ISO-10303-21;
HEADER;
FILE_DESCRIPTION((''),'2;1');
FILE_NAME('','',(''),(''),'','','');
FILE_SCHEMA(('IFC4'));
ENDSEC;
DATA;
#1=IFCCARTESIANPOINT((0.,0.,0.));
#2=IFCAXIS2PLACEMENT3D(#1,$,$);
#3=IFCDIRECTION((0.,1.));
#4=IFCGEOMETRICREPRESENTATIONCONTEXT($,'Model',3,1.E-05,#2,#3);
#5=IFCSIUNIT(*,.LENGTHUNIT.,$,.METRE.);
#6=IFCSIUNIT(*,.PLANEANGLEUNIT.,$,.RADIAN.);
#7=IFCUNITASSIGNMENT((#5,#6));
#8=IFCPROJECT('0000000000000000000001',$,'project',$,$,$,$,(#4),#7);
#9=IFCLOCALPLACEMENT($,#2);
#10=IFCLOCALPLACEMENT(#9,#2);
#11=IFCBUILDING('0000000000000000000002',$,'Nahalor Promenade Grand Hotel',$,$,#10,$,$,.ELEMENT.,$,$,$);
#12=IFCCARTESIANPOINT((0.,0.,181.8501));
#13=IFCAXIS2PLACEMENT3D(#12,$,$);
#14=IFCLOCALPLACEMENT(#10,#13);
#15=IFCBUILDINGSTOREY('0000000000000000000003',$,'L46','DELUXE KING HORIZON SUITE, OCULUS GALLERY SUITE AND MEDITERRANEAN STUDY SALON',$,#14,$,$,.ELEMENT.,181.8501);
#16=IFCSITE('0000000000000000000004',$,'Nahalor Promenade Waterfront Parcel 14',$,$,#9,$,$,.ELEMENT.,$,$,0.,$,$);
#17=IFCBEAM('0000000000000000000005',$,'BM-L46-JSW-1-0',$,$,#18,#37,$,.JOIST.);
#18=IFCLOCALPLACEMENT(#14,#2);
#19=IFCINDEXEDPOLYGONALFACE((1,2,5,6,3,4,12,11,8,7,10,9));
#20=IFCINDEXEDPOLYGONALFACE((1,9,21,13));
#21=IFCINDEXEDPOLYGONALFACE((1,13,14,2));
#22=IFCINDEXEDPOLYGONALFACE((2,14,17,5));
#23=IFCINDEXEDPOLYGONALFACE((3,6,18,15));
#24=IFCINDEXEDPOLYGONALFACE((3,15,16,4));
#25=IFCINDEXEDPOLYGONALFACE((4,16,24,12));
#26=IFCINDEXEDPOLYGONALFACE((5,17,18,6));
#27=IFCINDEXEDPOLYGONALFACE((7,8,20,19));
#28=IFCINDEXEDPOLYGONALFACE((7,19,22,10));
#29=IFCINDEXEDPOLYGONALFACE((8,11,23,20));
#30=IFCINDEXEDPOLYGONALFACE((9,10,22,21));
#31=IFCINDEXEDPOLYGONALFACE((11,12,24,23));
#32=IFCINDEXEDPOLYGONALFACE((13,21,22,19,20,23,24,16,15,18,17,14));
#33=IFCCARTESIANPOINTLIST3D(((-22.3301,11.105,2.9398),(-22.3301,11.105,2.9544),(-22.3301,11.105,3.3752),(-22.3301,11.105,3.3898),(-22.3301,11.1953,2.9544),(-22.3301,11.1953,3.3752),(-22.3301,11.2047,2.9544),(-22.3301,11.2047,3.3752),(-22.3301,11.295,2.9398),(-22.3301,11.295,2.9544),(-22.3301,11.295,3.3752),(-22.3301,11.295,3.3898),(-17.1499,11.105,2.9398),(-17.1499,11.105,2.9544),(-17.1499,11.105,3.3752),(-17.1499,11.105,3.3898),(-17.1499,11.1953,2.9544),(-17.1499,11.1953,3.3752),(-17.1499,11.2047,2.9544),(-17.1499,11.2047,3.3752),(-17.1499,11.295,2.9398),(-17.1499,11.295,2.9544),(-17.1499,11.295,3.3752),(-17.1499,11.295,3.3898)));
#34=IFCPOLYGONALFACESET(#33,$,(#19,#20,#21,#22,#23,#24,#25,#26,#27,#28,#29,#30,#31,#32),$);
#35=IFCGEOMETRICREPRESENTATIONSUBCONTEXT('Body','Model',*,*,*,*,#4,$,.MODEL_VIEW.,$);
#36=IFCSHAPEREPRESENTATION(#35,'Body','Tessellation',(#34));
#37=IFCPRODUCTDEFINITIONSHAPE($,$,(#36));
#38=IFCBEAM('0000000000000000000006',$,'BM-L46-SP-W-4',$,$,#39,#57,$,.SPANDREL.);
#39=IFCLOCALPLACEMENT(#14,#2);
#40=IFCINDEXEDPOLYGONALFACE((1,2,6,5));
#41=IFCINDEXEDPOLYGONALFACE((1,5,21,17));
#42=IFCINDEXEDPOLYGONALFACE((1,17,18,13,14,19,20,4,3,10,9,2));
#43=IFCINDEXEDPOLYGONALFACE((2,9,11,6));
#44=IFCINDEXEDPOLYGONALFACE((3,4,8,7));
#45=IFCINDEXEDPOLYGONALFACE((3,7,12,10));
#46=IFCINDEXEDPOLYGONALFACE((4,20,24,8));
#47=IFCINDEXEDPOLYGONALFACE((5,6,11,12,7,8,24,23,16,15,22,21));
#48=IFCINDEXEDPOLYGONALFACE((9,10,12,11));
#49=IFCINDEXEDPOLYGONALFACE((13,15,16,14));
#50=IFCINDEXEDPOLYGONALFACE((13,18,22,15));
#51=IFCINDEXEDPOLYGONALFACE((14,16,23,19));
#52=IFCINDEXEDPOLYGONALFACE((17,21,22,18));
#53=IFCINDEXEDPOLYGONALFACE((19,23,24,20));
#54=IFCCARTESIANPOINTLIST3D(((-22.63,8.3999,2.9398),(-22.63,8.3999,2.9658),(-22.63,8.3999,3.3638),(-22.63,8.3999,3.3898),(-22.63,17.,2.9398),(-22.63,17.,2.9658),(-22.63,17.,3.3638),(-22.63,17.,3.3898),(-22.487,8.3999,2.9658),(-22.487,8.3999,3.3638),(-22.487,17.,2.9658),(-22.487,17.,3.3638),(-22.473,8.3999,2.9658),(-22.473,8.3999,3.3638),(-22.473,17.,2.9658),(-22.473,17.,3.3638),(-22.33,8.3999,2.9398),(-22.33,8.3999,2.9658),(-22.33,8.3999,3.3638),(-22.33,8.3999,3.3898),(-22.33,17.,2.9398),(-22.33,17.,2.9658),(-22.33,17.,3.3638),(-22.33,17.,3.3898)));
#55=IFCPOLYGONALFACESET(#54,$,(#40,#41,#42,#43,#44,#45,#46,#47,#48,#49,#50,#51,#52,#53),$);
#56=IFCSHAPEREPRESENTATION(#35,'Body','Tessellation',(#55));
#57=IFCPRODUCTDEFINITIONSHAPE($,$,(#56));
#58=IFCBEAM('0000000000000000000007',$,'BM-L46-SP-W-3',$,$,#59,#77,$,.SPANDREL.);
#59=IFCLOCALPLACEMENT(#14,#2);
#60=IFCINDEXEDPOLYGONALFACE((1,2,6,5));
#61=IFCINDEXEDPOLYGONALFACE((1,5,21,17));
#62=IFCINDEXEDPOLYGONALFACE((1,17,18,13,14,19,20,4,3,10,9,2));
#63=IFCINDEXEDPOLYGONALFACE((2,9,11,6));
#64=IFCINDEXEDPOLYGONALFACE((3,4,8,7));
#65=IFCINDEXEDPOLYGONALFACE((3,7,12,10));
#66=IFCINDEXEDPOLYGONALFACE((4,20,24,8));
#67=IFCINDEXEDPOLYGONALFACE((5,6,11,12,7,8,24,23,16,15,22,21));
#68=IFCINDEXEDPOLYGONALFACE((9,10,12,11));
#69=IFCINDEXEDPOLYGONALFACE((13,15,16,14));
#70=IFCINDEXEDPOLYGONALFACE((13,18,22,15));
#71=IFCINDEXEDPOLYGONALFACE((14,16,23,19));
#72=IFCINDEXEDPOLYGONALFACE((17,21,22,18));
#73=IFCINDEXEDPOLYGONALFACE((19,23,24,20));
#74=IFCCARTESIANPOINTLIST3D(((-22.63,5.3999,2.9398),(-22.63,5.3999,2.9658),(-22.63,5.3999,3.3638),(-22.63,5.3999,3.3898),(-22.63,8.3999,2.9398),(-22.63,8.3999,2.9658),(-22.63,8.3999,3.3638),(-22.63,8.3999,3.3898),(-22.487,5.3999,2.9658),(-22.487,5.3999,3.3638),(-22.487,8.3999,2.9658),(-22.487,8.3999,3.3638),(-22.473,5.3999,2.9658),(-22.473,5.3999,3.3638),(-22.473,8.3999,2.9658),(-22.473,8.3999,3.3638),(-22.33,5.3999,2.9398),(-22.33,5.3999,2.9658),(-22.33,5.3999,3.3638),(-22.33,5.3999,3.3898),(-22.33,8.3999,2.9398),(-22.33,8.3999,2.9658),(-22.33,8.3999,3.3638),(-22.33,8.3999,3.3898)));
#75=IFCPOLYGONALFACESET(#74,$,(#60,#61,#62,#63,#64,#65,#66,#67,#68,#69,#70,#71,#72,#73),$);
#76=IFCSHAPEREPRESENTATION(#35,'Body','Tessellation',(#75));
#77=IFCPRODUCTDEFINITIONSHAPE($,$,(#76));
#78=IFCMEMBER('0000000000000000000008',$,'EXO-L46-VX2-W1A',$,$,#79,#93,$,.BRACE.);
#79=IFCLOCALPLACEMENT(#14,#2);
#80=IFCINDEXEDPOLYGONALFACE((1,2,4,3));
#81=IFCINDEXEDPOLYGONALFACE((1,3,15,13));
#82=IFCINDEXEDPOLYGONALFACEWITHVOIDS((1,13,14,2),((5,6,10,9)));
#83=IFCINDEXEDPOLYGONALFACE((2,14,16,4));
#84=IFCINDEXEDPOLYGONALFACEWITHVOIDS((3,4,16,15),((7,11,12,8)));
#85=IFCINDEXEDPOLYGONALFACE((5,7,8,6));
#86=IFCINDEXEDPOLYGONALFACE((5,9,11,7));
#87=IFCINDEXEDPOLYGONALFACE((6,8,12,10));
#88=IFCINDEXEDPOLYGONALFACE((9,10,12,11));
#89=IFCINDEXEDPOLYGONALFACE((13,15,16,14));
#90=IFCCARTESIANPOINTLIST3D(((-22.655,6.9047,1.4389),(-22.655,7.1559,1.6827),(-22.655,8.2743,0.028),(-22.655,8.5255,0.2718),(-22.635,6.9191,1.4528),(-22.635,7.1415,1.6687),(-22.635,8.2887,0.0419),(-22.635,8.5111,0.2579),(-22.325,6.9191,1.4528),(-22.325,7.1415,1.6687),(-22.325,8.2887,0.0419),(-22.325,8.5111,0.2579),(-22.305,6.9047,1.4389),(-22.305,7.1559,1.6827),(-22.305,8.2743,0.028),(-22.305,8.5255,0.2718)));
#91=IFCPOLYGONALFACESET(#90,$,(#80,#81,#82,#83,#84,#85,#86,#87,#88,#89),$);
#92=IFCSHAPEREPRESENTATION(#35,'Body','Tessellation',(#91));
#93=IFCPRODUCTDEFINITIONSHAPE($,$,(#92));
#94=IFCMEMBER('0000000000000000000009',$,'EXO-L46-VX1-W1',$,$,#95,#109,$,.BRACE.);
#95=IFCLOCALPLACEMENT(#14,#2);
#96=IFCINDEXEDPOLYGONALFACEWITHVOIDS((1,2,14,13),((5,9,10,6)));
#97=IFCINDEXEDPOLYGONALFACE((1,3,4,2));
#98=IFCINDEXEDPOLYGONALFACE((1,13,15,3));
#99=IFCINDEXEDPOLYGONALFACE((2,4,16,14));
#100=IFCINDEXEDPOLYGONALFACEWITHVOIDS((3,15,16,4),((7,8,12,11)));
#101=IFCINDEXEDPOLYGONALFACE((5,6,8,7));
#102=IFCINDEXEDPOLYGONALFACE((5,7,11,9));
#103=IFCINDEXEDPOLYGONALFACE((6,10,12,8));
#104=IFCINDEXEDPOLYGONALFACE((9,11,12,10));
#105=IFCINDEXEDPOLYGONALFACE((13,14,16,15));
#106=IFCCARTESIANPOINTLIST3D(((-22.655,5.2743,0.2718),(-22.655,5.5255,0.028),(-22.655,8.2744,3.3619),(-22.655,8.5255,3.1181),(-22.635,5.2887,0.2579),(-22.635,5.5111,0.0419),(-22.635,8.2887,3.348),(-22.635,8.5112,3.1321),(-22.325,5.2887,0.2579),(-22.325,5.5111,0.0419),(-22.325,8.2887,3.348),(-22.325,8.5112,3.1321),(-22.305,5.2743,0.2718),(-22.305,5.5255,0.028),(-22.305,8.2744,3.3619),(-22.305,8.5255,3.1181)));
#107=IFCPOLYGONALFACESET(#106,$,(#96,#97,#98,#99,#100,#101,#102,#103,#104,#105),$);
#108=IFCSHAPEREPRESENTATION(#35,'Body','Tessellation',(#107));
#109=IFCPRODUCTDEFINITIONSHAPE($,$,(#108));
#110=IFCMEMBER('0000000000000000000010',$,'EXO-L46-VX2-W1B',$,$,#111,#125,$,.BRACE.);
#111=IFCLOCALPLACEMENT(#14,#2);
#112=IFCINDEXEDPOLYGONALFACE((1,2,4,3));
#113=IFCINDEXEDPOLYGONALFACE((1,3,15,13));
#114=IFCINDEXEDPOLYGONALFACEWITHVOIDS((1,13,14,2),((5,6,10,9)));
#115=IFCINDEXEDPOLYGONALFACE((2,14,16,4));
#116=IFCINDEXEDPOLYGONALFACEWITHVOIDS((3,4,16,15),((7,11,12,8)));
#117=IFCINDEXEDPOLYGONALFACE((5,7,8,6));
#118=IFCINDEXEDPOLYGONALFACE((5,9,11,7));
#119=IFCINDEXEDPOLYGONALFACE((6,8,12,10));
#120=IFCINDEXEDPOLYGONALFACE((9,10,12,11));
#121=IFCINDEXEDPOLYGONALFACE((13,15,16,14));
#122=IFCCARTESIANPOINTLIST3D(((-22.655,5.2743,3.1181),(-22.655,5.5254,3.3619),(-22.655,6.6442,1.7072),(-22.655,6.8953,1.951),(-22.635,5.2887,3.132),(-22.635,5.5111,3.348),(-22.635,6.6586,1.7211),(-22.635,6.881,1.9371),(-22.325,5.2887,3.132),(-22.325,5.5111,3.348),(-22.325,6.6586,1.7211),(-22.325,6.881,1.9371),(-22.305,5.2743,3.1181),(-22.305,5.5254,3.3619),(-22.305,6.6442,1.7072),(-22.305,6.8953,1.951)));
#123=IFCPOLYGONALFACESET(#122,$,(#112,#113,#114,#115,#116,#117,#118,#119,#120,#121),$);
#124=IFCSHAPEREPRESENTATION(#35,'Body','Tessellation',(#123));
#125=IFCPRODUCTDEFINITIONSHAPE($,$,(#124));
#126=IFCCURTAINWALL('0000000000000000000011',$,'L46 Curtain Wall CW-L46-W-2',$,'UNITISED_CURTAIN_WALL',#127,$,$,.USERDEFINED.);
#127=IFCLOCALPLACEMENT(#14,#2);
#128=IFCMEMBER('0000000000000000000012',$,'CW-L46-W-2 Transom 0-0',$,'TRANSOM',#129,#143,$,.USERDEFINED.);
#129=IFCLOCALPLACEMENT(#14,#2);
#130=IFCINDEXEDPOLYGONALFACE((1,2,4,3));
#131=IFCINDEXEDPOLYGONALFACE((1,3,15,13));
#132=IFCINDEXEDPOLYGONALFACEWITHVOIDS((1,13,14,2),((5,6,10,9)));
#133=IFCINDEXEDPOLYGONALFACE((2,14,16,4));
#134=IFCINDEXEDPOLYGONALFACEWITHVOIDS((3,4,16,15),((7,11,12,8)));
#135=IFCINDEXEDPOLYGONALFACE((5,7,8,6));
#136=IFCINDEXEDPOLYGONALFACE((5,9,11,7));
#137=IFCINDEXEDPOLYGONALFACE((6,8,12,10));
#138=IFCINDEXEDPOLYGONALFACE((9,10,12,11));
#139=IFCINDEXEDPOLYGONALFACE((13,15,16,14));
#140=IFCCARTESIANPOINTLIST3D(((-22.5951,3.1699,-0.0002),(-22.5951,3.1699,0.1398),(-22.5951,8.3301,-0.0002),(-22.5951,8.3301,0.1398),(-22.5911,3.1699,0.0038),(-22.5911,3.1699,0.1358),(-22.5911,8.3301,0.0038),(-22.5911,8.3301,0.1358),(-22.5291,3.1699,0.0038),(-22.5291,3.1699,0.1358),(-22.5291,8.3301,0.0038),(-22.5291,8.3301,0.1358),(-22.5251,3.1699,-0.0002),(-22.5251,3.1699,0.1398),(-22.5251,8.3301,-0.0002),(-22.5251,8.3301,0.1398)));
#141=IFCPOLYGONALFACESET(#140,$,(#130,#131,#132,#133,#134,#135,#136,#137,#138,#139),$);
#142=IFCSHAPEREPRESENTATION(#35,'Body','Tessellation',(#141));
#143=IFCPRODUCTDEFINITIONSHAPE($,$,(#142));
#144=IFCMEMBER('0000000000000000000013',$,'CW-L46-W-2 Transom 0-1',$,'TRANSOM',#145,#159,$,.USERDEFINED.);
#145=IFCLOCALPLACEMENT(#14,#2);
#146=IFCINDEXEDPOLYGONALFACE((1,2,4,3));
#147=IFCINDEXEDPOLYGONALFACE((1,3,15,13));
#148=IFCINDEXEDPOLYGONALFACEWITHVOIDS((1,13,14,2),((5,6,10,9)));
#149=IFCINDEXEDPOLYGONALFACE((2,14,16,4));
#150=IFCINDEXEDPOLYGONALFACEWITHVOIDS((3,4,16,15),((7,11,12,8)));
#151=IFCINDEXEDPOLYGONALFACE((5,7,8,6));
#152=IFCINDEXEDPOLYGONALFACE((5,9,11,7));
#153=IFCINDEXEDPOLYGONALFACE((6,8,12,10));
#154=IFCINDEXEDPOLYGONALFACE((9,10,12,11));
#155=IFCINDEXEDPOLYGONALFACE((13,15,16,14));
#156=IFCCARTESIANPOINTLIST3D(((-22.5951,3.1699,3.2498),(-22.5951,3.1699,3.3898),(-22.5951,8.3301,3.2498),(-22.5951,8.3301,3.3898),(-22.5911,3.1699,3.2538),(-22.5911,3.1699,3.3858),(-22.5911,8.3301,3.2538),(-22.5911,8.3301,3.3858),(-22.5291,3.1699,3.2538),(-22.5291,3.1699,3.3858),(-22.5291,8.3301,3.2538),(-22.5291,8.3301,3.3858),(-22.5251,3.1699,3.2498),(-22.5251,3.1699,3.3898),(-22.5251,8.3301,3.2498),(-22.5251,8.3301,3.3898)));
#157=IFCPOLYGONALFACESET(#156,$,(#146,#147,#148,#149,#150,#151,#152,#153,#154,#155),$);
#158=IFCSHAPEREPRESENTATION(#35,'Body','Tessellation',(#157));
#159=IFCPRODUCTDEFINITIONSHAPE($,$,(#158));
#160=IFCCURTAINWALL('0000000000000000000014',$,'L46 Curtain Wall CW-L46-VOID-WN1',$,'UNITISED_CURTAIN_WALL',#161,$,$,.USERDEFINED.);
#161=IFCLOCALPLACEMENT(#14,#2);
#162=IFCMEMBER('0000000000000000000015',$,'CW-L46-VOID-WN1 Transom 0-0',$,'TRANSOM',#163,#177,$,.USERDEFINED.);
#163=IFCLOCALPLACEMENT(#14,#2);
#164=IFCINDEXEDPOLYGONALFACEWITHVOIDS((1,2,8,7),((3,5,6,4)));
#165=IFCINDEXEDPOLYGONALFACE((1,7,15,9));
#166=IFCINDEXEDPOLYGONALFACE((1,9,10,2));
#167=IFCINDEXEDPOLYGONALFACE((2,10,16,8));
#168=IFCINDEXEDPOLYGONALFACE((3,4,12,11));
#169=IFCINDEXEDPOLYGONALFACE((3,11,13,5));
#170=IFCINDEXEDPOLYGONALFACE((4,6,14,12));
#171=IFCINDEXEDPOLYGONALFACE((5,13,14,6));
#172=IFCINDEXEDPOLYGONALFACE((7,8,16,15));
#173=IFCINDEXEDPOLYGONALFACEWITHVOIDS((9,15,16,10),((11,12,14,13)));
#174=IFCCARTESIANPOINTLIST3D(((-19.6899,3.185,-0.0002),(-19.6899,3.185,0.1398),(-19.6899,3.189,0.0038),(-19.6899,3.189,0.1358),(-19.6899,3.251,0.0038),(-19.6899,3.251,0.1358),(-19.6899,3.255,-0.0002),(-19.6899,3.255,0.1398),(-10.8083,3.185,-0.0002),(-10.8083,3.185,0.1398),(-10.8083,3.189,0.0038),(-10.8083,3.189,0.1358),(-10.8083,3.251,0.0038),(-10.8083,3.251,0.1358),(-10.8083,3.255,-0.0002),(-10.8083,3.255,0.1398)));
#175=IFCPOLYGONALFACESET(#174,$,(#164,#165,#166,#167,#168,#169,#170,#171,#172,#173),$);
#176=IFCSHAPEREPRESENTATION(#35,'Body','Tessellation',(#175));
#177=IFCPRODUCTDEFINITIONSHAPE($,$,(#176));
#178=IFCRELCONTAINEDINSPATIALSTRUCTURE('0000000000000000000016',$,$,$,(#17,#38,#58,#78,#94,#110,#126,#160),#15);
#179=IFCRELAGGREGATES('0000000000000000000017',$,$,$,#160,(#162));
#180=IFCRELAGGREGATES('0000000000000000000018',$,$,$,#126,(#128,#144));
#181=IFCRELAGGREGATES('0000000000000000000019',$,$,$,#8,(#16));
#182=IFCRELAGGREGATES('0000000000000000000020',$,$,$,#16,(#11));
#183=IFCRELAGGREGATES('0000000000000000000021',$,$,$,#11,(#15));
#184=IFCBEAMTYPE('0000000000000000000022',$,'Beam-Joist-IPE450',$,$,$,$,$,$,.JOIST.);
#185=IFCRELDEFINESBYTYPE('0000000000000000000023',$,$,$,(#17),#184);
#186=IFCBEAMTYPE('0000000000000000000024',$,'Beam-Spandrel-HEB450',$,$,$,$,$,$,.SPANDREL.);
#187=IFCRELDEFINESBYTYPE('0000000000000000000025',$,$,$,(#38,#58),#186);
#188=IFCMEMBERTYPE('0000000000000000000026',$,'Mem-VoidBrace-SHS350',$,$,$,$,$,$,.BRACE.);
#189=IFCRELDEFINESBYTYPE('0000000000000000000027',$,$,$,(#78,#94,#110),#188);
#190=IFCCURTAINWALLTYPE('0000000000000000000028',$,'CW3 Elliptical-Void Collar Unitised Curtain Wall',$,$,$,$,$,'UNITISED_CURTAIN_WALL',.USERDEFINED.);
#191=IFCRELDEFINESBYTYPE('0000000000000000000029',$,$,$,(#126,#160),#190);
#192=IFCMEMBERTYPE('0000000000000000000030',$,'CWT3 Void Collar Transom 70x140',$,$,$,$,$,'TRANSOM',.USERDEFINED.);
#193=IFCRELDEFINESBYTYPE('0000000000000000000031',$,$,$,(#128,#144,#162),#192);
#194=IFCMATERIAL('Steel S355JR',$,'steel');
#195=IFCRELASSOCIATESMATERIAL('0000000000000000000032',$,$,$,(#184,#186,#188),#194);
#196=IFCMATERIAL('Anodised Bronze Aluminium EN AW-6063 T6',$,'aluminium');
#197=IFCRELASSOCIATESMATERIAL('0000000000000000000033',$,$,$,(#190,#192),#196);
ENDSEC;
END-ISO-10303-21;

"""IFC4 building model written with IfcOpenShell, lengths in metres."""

from ifc_helpers import new_model, si_unit, direction, frame, origin, origin_2d, place, context, subcontext, project, spatial, hollow_rectangle, i_section, extrude, source, transform, mapped, material, material_profile, profile_set, type_object, element, aggregate, save


model = new_model("IFC4")

# Units and contexts
model_context = context("Model", 3, precision=1e-05, world=origin(), true_north=direction((0.0, 1.0)))
body_context = subcontext(model_context, "Body", "Model", "MODEL_VIEW")
ifc_project = project(units=[si_unit("LENGTHUNIT", "METRE"), si_unit("PLANEANGLEUNIT", "RADIAN")], contexts=[model_context])

# Site, building, storey
site_placement = place(None, origin())
site = spatial("IfcSite", under=ifc_project, at=site_placement, Name="Nahalor Promenade Waterfront Parcel 14", CompositionType="ELEMENT", RefElevation=0.0)
building_placement = place(site_placement, origin())
building = spatial("IfcBuilding", under=site, at=building_placement, Name="Nahalor Promenade Grand Hotel", CompositionType="ELEMENT")
storey_placement = place(building_placement, frame((0.0, 0.0, 181.8501)))
storey = spatial("IfcBuildingStorey", under=building, at=storey_placement, Name="L46", Description="DELUXE KING HORIZON SUITE, OCULUS GALLERY SUITE AND MEDITERRANEAN STUDY SALON", CompositionType="ELEMENT", Elevation=181.8501)

# Beams
ifc_material_1 = material(Name="Steel S355JR", Category="steel")
ifc_material_profile_1 = material_profile(ifc_material_1, i_section(OverallWidth=0.19, OverallDepth=0.45, WebThickness=0.0094, FlangeThickness=0.0146, at=origin_2d()), Name="IPE 450")
ifc_profile_set_1 = profile_set([ifc_material_profile_1], Name="Steel S355JR")
beam_type_1 = type_object("IfcBeamType", Name="Beam-Joist-IPE450", PredefinedType="JOIST", material=ifc_profile_set_1)
shared_shape_1 = source(origin(), body_context, "Body", "SweptSolid", [
    extrude(i_section(OverallWidth=0.19, OverallDepth=0.45, WebThickness=0.0094, FlangeThickness=0.0146, at=origin_2d()), origin(), (0.0, 0.0, 1.0), 5.1802),
])
beam_1_placement = place(storey_placement, frame((-22.3301, 11.2, 3.1648), z_axis=(1.0, 0.0, 0.0), x_axis=(0.0, 1.0, 0.0)))
element("IfcBeam", 1, at=beam_1_placement, inside=storey, type_object=beam_type_1, Name="BM-L46-JSW-1-0", PredefinedType="JOIST", context=body_context, shape_type="MappedRepresentation", body=[
    mapped(shared_shape_1, transform((0.0, 0.0, 0.0), scale=1.0)),
])
ifc_material_profile_2 = material_profile(ifc_material_1, i_section(OverallWidth=0.3, OverallDepth=0.45, WebThickness=0.014, FlangeThickness=0.026, at=origin_2d()), Name="HEB 450")
ifc_profile_set_2 = profile_set([ifc_material_profile_2], Name="Steel S355JR")
beam_type_2 = type_object("IfcBeamType", Name="Beam-Spandrel-HEB450", PredefinedType="SPANDREL", material=ifc_profile_set_2)
shared_shape_2 = source(origin(), body_context, "Body", "SweptSolid", [
    extrude(i_section(OverallWidth=0.3, OverallDepth=0.45, WebThickness=0.014, FlangeThickness=0.026, at=origin_2d()), origin(), (0.0, 0.0, 1.0), 8.6001),
])
beam_2_placement = place(storey_placement, frame((-22.48, 8.3999, 3.1648), z_axis=(0.0, 1.0, 0.0), x_axis=(-1.0, 0.0, 0.0)))
element("IfcBeam", 2, at=beam_2_placement, inside=storey, type_object=beam_type_2, Name="BM-L46-SP-W-4", PredefinedType="SPANDREL", context=body_context, shape_type="MappedRepresentation", body=[
    mapped(shared_shape_2, transform((0.0, 0.0, 0.0), scale=1.0)),
])
shared_shape_3 = source(origin(), body_context, "Body", "SweptSolid", [
    extrude(i_section(OverallWidth=0.3, OverallDepth=0.45, WebThickness=0.014, FlangeThickness=0.026, at=origin_2d()), origin(), (0.0, 0.0, 1.0), 3.0),
])
beam_3_placement = place(storey_placement, frame((-22.48, 5.3999, 3.1648), z_axis=(0.0, 1.0, 0.0), x_axis=(-1.0, 0.0, 0.0)))
element("IfcBeam", 3, at=beam_3_placement, inside=storey, type_object=beam_type_2, Name="BM-L46-SP-W-3", PredefinedType="SPANDREL", context=body_context, shape_type="MappedRepresentation", body=[
    mapped(shared_shape_3, transform((0.0, 0.0, 0.0), scale=1.0)),
])

# Members
ifc_material_profile_3 = material_profile(ifc_material_1, hollow_rectangle(XDim=0.35, YDim=0.35, WallThickness=0.02, at=origin_2d()), Name="SHS 350x350x20")
ifc_profile_set_3 = profile_set([ifc_material_profile_3], Name="Steel S355JR")
member_type_1 = type_object("IfcMemberType", Name="Mem-VoidBrace-SHS350", PredefinedType="BRACE", material=ifc_profile_set_3)
shared_shape_4 = source(origin(), body_context, "Body", "SweptSolid", [
    extrude(hollow_rectangle(XDim=0.35, YDim=0.35, WallThickness=0.02, at=origin_2d()), origin(), (0.0, 0.0, 1.0), 1.9663),
])
member_1_placement = place(storey_placement, frame((-22.48, 8.3999, 0.1499), z_axis=(0.0, -0.696537, 0.71752), x_axis=(1.0, 0.0, 0.0)))
element("IfcMember", 4, at=member_1_placement, inside=storey, type_object=member_type_1, Name="EXO-L46-VX2-W1A", PredefinedType="BRACE", context=body_context, shape_type="MappedRepresentation", body=[
    mapped(shared_shape_4, transform((0.0, 0.0, 0.0), scale=1.0)),
])
shared_shape_5 = source(origin(), body_context, "Body", "SweptSolid", [
    extrude(hollow_rectangle(XDim=0.35, YDim=0.35, WallThickness=0.02, at=origin_2d()), origin(), (0.0, 0.0, 1.0), 4.3069),
])
member_2_placement = place(storey_placement, frame((-22.48, 5.3999, 0.1499), z_axis=(0.0, 0.696571, 0.717488), x_axis=(-1.0, 0.0, 0.0)))
element("IfcMember", 5, at=member_2_placement, inside=storey, type_object=member_type_1, Name="EXO-L46-VX1-W1", PredefinedType="BRACE", context=body_context, shape_type="MappedRepresentation", body=[
    mapped(shared_shape_5, transform((0.0, 0.0, 0.0), scale=1.0)),
])
shared_shape_6 = source(origin(), body_context, "Body", "SweptSolid", [
    extrude(hollow_rectangle(XDim=0.35, YDim=0.35, WallThickness=0.02, at=origin_2d()), origin(), (0.0, 0.0, 1.0), 1.9666),
])
member_3_placement = place(storey_placement, frame((-22.48, 6.7698, 1.8291), z_axis=(0.0, -0.696601, 0.717458), x_axis=(1.0, 0.0, 0.0)))
element("IfcMember", 6, at=member_3_placement, inside=storey, type_object=member_type_1, Name="EXO-L46-VX2-W1B", PredefinedType="BRACE", context=body_context, shape_type="MappedRepresentation", body=[
    mapped(shared_shape_6, transform((0.0, 0.0, 0.0), scale=1.0)),
])

# Curtain walls, members
ifc_material_2 = material(Name="Anodised Bronze Aluminium EN AW-6063 T6", Category="aluminium")
curtain_wall_type = type_object("IfcCurtainWallType", Name="CW3 Elliptical-Void Collar Unitised Curtain Wall", ElementType="UNITISED_CURTAIN_WALL", PredefinedType="USERDEFINED", material=ifc_material_2)
curtain_wall_1_placement = place(storey_placement, origin())
curtain_wall_1 = element("IfcCurtainWall", 7, at=curtain_wall_1_placement, inside=storey, type_object=curtain_wall_type, Name="L46 Curtain Wall CW-L46-W-2", ObjectType="UNITISED_CURTAIN_WALL", PredefinedType="USERDEFINED")
ifc_material_profile_4 = material_profile(ifc_material_2, hollow_rectangle(XDim=0.07, YDim=0.14, WallThickness=0.004, at=origin_2d()), Name="CWT 70x140x4")
ifc_profile_set_4 = profile_set([ifc_material_profile_4], Name="Anodised Bronze Aluminium EN AW-6063 T6")
member_type_2 = type_object("IfcMemberType", Name="CWT3 Void Collar Transom 70x140", ElementType="TRANSOM", PredefinedType="USERDEFINED", material=ifc_profile_set_4)
shared_shape_7 = source(origin(), body_context, "Body", "SweptSolid", [
    extrude(hollow_rectangle(XDim=0.07, YDim=0.14, WallThickness=0.004, at=origin_2d()), origin(), (0.0, 0.0, 1.0), 5.1602),
])
member_4_placement = place(storey_placement, frame((-22.5601, 3.1699, 0.0698), z_axis=(0.0, 1.0, 0.0), x_axis=(-1.0, 0.0, 0.0)))
member_4 = element("IfcMember", 8, at=member_4_placement, type_object=member_type_2, Name="CW-L46-W-2 Transom 0-0", ObjectType="TRANSOM", PredefinedType="USERDEFINED", context=body_context, shape_type="MappedRepresentation", body=[
    mapped(shared_shape_7, transform((0.0, 0.0, 0.0), scale=1.0)),
])
member_5_placement = place(storey_placement, frame((-22.5601, 3.1699, 3.3198), z_axis=(0.0, 1.0, 0.0), x_axis=(-1.0, 0.0, 0.0)))
member_5 = element("IfcMember", 9, at=member_5_placement, type_object=member_type_2, Name="CW-L46-W-2 Transom 0-1", ObjectType="TRANSOM", PredefinedType="USERDEFINED", context=body_context, shape_type="MappedRepresentation", body=[
    mapped(shared_shape_7, transform((0.0, 0.0, 0.0), scale=1.0)),
])
curtain_wall_2_placement = place(storey_placement, origin())
curtain_wall_2 = element("IfcCurtainWall", 10, at=curtain_wall_2_placement, inside=storey, type_object=curtain_wall_type, Name="L46 Curtain Wall CW-L46-VOID-WN1", ObjectType="UNITISED_CURTAIN_WALL", PredefinedType="USERDEFINED")
shared_shape_8 = source(origin(), body_context, "Body", "SweptSolid", [
    extrude(hollow_rectangle(XDim=0.07, YDim=0.14, WallThickness=0.004, at=origin_2d()), origin(), (0.0, 0.0, 1.0), 8.8816),
])
member_6_placement = place(storey_placement, frame((-19.6899, 3.22, 0.0698), z_axis=(1.0, 0.0, 0.0), x_axis=(0.0, 1.0, 0.0)))
member_6 = element("IfcMember", 11, at=member_6_placement, type_object=member_type_2, Name="CW-L46-VOID-WN1 Transom 0-0", ObjectType="TRANSOM", PredefinedType="USERDEFINED", context=body_context, shape_type="MappedRepresentation", body=[
    mapped(shared_shape_8, transform((0.0, 0.0, 0.0), scale=1.0)),
])

aggregate(curtain_wall_2, [member_6])

aggregate(curtain_wall_1, [member_4, member_5])

save(model, "model.ifc")
